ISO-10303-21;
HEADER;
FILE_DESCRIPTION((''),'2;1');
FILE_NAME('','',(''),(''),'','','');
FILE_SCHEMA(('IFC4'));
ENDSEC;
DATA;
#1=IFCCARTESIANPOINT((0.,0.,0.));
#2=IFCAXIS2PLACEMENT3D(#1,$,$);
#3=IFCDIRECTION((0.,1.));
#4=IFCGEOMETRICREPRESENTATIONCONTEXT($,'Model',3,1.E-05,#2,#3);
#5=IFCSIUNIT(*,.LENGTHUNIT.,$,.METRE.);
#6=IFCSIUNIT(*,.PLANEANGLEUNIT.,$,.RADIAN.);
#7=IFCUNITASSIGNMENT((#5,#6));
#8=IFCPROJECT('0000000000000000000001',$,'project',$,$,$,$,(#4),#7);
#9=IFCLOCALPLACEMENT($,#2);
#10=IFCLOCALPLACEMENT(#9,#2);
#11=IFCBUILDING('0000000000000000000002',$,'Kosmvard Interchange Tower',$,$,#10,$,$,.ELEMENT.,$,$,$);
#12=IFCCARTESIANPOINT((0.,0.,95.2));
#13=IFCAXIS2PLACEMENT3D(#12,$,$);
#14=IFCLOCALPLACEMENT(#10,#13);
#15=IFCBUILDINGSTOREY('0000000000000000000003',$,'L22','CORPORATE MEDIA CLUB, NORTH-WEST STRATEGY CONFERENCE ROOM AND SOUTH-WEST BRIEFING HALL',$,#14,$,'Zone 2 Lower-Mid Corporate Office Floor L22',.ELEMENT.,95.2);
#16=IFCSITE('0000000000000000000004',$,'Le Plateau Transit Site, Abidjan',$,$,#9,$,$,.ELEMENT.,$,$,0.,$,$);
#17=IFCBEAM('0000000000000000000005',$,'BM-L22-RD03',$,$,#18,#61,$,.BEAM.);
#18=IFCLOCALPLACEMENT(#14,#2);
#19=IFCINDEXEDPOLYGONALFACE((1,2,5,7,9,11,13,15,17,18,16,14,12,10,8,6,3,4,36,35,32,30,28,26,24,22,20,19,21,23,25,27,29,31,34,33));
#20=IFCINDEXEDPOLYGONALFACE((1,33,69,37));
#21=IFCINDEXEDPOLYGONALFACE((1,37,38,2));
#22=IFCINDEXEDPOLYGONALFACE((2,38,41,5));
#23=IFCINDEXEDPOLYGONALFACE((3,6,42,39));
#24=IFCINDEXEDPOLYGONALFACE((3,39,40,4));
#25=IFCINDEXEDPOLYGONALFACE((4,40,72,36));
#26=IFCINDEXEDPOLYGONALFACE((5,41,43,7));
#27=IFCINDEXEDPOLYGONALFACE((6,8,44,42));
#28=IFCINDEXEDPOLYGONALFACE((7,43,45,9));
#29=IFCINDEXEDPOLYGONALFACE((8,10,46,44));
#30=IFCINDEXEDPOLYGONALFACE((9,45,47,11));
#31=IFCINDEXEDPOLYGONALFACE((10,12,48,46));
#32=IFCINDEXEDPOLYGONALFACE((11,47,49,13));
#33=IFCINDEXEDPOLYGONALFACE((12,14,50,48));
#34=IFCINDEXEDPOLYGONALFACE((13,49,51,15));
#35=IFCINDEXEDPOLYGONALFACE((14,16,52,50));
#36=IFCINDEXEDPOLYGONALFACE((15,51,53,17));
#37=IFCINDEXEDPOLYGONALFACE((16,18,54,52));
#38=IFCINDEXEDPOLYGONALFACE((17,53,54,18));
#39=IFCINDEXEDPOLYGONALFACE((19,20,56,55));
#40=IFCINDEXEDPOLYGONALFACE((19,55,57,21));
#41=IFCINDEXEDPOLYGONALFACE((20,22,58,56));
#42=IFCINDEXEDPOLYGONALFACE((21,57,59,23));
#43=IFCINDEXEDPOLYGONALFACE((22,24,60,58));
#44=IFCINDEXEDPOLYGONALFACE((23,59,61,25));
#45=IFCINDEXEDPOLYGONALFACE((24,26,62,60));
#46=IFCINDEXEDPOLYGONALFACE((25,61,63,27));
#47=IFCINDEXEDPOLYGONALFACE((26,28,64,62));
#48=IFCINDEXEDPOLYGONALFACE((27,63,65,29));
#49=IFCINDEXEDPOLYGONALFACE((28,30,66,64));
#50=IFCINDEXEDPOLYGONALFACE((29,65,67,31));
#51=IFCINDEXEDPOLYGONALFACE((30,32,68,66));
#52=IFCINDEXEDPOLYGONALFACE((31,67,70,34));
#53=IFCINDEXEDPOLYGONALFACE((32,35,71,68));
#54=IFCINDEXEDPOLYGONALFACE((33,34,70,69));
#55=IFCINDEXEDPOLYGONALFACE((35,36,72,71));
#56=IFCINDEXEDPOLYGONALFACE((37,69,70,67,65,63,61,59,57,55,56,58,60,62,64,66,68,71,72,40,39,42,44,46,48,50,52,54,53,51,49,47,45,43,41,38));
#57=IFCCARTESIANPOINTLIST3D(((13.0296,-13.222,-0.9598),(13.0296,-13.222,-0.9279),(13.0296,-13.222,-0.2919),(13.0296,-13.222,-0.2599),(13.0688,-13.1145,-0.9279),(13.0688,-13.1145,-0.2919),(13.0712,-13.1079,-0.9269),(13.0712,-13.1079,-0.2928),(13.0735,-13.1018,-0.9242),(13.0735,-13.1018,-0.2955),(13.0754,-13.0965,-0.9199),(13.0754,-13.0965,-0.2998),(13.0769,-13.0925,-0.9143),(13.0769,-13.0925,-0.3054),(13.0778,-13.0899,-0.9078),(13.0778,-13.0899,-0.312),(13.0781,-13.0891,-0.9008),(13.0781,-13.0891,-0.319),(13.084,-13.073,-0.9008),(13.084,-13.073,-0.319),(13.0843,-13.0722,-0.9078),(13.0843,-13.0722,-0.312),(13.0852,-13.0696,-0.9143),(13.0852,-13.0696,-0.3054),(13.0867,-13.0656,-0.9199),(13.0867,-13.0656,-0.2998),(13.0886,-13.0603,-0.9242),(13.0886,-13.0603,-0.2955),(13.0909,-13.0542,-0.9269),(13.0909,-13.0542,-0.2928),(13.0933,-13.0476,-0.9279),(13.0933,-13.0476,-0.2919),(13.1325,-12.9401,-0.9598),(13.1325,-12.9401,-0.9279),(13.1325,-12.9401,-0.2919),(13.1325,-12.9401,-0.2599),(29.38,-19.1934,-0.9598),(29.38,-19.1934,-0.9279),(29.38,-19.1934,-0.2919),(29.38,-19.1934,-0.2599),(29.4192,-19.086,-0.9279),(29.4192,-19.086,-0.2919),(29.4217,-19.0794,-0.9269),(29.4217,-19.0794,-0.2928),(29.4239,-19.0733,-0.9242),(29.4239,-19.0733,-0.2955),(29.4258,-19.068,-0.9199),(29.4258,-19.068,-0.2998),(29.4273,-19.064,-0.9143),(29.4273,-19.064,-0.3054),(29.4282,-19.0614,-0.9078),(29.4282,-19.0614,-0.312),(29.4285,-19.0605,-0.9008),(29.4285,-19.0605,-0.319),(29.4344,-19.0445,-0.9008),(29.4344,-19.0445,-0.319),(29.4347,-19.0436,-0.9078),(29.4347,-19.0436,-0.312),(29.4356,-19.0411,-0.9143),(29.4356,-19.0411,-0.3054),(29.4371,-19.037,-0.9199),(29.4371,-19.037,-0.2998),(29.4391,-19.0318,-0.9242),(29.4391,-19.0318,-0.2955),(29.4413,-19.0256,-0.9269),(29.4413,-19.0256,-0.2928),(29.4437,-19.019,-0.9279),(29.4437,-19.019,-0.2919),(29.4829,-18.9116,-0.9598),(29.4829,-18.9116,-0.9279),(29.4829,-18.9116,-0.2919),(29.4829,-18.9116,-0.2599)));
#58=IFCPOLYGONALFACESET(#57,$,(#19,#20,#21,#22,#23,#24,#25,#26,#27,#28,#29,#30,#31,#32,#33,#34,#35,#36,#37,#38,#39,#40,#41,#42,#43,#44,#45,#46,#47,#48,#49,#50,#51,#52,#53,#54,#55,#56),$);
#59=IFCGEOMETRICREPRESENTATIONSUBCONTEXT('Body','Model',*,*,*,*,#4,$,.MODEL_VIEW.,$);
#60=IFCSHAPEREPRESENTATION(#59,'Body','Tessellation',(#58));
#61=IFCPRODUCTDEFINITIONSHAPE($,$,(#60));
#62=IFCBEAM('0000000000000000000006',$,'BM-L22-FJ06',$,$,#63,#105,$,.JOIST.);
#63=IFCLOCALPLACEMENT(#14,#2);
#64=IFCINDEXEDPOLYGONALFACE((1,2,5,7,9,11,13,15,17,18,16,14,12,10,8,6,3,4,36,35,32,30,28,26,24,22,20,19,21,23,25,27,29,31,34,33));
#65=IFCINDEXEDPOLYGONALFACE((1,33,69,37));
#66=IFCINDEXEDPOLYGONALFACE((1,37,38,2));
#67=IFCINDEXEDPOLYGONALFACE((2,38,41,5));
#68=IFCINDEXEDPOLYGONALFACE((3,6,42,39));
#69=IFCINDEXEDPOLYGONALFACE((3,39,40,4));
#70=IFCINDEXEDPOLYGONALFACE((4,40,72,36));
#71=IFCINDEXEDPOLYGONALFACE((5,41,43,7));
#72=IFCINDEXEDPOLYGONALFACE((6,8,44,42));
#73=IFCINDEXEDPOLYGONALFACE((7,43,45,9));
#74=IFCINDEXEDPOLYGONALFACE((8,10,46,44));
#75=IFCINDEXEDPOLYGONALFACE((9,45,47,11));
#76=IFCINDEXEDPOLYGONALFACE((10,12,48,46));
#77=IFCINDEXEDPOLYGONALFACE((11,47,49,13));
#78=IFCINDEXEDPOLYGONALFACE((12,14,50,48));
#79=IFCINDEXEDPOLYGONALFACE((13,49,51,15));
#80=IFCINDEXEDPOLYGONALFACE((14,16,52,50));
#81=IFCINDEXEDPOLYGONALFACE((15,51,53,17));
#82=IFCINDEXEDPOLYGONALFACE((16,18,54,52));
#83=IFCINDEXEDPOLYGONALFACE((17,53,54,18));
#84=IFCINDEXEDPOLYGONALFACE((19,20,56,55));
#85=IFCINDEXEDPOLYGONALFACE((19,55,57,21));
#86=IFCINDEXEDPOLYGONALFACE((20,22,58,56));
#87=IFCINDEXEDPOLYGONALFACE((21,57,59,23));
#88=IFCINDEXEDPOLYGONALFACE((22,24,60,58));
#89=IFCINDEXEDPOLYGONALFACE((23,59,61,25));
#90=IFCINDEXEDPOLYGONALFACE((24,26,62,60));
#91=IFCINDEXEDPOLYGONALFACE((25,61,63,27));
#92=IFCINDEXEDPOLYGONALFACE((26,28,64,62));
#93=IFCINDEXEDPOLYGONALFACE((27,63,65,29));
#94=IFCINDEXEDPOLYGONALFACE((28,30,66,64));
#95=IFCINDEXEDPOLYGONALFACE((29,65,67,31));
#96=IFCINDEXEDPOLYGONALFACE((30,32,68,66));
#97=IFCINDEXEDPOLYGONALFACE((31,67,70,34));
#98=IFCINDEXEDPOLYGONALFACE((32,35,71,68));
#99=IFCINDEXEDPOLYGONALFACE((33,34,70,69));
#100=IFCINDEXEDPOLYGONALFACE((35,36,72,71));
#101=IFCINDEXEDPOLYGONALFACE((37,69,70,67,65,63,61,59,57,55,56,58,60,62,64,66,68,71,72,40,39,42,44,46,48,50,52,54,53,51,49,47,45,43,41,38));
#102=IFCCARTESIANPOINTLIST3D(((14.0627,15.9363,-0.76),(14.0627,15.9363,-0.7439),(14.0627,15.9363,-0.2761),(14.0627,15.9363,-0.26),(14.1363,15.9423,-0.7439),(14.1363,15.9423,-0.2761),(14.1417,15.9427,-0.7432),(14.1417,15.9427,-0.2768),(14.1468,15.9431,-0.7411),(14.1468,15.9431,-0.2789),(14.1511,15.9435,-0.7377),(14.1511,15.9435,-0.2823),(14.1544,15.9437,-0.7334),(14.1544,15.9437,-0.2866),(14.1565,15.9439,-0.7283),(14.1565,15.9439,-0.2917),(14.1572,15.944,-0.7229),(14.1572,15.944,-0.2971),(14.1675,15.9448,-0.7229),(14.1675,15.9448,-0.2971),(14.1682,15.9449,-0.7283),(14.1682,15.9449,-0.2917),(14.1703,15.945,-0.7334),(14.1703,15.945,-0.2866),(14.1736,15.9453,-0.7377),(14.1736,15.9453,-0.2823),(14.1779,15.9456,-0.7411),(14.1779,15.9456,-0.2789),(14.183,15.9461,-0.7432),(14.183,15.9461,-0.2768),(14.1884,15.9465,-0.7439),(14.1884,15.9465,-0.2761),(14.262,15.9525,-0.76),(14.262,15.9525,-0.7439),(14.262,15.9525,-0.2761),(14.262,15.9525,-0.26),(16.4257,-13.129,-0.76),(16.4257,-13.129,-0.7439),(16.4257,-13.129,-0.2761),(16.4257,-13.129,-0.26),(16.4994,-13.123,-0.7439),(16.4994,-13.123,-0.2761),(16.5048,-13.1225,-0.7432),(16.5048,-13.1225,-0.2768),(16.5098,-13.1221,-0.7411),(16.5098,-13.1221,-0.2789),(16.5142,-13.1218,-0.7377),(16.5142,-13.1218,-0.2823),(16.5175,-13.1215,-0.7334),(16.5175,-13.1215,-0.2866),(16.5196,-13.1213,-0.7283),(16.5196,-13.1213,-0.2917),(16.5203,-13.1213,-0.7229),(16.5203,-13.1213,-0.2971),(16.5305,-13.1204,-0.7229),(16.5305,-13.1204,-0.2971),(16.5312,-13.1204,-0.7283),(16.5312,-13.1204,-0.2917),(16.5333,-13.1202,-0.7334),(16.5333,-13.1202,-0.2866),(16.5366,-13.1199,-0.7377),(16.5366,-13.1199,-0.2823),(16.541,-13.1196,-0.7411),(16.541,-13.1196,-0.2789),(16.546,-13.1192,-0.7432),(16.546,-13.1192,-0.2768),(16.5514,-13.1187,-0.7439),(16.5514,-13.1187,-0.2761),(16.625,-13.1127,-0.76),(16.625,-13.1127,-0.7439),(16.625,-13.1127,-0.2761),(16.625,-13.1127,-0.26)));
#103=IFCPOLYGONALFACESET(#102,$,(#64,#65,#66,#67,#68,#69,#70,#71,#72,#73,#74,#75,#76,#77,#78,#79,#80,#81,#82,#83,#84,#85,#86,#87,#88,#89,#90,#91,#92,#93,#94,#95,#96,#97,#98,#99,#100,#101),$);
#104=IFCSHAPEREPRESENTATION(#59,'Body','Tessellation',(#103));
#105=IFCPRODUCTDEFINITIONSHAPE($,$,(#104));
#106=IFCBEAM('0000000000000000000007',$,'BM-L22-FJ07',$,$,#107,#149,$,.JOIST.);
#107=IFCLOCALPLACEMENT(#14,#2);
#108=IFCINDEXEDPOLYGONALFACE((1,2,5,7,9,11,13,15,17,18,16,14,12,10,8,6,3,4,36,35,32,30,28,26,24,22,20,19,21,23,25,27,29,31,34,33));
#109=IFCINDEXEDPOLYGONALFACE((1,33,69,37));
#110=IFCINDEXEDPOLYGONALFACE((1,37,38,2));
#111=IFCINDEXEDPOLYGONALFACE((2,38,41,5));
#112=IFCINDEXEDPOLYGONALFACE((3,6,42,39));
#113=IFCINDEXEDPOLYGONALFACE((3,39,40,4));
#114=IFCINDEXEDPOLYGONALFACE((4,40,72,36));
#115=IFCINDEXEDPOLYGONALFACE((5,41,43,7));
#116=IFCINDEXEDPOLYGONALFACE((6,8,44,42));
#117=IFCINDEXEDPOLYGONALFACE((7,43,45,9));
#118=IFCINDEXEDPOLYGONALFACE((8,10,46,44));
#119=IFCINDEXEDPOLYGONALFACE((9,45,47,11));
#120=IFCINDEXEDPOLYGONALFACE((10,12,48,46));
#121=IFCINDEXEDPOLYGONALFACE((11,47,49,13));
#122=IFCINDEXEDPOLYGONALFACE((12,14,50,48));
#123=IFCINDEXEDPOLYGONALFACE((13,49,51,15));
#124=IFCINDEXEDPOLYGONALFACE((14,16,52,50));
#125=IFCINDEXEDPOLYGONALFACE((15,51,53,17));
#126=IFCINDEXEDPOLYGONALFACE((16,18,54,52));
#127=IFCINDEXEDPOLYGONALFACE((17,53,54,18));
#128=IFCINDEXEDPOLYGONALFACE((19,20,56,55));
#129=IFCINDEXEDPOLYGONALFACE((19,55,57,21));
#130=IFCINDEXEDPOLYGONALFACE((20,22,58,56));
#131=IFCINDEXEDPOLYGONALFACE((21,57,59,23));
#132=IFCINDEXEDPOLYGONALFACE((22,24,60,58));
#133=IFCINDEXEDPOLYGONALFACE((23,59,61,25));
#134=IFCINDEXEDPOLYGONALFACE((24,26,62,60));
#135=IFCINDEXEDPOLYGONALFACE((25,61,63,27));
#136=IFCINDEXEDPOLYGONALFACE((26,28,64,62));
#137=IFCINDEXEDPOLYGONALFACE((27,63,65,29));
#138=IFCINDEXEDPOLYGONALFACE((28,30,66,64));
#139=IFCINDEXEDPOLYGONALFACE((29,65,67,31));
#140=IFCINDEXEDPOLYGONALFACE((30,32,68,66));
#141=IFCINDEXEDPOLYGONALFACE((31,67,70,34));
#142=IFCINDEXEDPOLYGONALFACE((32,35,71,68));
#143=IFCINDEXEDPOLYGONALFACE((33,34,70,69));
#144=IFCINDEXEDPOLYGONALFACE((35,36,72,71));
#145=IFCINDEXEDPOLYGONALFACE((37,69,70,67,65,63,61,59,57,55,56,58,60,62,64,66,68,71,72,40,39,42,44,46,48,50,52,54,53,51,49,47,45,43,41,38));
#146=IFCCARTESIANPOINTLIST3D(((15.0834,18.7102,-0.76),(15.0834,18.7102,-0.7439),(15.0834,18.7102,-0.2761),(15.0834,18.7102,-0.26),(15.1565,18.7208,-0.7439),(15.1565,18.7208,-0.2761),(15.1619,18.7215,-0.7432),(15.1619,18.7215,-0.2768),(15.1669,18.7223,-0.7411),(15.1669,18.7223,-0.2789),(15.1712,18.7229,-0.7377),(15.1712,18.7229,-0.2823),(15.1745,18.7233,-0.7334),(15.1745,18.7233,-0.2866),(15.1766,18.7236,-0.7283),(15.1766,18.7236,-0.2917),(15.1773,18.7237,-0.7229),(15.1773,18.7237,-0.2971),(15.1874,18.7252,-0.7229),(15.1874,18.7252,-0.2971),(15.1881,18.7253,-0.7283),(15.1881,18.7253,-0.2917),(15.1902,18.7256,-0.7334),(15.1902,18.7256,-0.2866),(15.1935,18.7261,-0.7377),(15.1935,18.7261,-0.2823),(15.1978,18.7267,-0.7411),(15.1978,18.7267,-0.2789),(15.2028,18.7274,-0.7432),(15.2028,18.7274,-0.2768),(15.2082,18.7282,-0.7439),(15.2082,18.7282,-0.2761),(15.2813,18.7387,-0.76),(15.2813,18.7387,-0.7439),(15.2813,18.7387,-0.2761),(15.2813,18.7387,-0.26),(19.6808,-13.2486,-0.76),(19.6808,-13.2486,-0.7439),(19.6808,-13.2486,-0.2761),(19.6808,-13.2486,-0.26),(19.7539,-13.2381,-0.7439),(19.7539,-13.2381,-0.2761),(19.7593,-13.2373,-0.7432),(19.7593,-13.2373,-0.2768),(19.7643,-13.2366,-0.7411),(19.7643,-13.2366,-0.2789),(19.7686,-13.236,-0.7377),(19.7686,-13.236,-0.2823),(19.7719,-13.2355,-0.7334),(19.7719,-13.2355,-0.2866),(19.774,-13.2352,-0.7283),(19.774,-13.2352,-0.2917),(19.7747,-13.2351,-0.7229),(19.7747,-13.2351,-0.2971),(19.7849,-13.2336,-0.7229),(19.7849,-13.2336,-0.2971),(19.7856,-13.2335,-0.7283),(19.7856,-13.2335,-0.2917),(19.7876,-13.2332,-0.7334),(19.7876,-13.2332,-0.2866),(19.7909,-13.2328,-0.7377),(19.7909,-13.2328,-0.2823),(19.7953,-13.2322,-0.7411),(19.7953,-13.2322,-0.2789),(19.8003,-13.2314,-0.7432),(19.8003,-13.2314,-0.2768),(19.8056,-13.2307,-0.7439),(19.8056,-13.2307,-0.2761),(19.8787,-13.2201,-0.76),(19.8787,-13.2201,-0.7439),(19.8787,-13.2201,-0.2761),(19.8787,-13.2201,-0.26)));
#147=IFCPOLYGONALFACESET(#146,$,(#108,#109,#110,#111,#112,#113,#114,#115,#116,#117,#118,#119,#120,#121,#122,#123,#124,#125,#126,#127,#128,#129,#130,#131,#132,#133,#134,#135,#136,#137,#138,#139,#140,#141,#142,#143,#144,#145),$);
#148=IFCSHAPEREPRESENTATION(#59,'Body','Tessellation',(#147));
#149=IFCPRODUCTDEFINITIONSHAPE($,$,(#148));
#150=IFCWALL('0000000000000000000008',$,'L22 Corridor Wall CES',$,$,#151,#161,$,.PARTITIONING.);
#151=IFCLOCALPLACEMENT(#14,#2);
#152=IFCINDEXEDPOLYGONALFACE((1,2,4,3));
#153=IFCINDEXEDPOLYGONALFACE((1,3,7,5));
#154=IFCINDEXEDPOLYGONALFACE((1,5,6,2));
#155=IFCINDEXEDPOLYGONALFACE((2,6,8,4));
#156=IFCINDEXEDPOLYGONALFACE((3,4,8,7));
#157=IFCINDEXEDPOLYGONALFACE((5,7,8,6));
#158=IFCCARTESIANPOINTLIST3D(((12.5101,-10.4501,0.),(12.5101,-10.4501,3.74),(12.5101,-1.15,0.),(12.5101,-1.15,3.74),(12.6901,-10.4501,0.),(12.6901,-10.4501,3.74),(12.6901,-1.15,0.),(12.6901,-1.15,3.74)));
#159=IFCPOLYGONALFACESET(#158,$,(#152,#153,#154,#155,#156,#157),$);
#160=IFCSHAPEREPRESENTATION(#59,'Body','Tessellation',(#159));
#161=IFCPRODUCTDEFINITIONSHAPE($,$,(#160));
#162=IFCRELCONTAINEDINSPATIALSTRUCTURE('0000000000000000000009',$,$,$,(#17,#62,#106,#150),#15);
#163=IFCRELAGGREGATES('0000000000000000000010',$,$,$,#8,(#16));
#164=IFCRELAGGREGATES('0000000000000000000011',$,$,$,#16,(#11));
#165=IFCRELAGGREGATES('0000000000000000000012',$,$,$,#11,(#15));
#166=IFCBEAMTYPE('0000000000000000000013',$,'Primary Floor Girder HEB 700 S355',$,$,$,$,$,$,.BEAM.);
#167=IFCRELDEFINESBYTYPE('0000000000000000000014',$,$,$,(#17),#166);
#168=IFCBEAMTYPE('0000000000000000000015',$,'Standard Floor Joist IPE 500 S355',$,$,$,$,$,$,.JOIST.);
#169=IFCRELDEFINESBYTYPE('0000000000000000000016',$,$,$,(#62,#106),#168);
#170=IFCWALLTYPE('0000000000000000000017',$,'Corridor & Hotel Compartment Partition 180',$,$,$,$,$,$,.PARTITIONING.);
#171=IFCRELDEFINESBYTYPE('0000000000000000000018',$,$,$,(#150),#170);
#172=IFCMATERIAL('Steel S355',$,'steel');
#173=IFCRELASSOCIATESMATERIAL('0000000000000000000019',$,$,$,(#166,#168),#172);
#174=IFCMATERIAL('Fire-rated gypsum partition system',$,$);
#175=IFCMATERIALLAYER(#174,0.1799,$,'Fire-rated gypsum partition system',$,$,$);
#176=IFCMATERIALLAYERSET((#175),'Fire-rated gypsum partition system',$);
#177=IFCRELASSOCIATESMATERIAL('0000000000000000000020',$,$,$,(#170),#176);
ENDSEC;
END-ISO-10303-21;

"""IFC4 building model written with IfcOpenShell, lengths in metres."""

from ifc_helpers import new_model, si_unit, direction, frame, frame_2d, origin, origin_2d, place, context, subcontext, project, spatial, rectangle, i_section, extrude, source, transform, mapped, material, layer, layer_set, material_profile, profile_set, type_object, element, save


model = new_model("IFC4")

# Units and contexts
model_context = context("Model", 3, precision=1e-05, world=origin(), true_north=direction((0.0, 1.0)))
body_context = subcontext(model_context, "Body", "Model", "MODEL_VIEW")
ifc_project = project(units=[si_unit("LENGTHUNIT", "METRE"), si_unit("PLANEANGLEUNIT", "RADIAN")], contexts=[model_context])

# Site, building, storey
site_placement = place(None, origin())
site = spatial("IfcSite", under=ifc_project, at=site_placement, Name="Le Plateau Transit Site, Abidjan", CompositionType="ELEMENT", RefElevation=0.0)
building_placement = place(site_placement, origin())
building = spatial("IfcBuilding", under=site, at=building_placement, Name="Kosmvard Interchange Tower", CompositionType="ELEMENT")
storey_placement = place(building_placement, frame((0.0, 0.0, 95.2)))
storey = spatial("IfcBuildingStorey", under=building, at=storey_placement, Name="L22", Description="CORPORATE MEDIA CLUB, NORTH-WEST STRATEGY CONFERENCE ROOM AND SOUTH-WEST BRIEFING HALL", LongName="Zone 2 Lower-Mid Corporate Office Floor L22", CompositionType="ELEMENT", Elevation=95.2)

# Beams
ifc_material_1 = material(Name="Steel S355", Category="steel")
ifc_material_profile_1 = material_profile(ifc_material_1, i_section(OverallWidth=0.3, OverallDepth=0.7, WebThickness=0.0171, FlangeThickness=0.032, FilletRadius=0.0271, at=origin_2d()), Name="HEB 700")
ifc_profile_set_1 = profile_set([ifc_material_profile_1], Name="Steel S355")
beam_type_1 = type_object("IfcBeamType", Name="Primary Floor Girder HEB 700 S355", PredefinedType="BEAM", material=ifc_profile_set_1)
shared_shape_1 = source(origin(), body_context, "Body", "SweptSolid", [
    extrude(i_section(OverallWidth=0.3, OverallDepth=0.7, WebThickness=0.0171, FlangeThickness=0.032, FilletRadius=0.0271, at=origin_2d()), origin(), (0.0, 0.0, 1.0), 17.4067),
])
beam_1_placement = place(storey_placement, frame((13.0811, -13.0811, -0.6099), z_axis=(0.939315, -0.343055, 0.0), x_axis=(0.343055, 0.939315, 0.0)))
element("IfcBeam", 1, at=beam_1_placement, inside=storey, type_object=beam_type_1, Name="BM-L22-RD03", PredefinedType="BEAM", context=body_context, shape_type="MappedRepresentation", body=[
    mapped(shared_shape_1, transform((0.0, 0.0, 0.0), scale=1.0)),
])
ifc_material_profile_2 = material_profile(ifc_material_1, i_section(OverallWidth=0.2, OverallDepth=0.5, WebThickness=0.0103, FlangeThickness=0.0161, FilletRadius=0.021, at=origin_2d()), Name="IPE 500")
ifc_profile_set_2 = profile_set([ifc_material_profile_2], Name="Steel S355")
beam_type_2 = type_object("IfcBeamType", Name="Standard Floor Joist IPE 500 S355", PredefinedType="JOIST", material=ifc_profile_set_2)
shared_shape_2 = source(origin(), body_context, "Body", "SweptSolid", [
    extrude(i_section(OverallWidth=0.2, OverallDepth=0.5, WebThickness=0.0103, FlangeThickness=0.0161, FilletRadius=0.021, at=origin_2d()), origin(), (0.0, 0.0, 1.0), 29.1611),
])
beam_2_placement = place(storey_placement, frame((16.5254, -13.1208, -0.51), z_axis=(-0.081034, 0.996711, 0.0), x_axis=(-0.996711, -0.081034, 0.0)))
element("IfcBeam", 2, at=beam_2_placement, inside=storey, type_object=beam_type_2, Name="BM-L22-FJ06", PredefinedType="JOIST", context=body_context, shape_type="MappedRepresentation", body=[
    mapped(shared_shape_2, transform((0.0, 0.0, 0.0), scale=1.0)),
])
shared_shape_3 = source(origin(), body_context, "Body", "SweptSolid", [
    extrude(i_section(OverallWidth=0.2, OverallDepth=0.5, WebThickness=0.0103, FlangeThickness=0.0161, FilletRadius=0.021, at=origin_2d()), origin(), (0.0, 0.0, 1.0), 32.2878),
])
beam_3_placement = place(storey_placement, frame((19.7798, -13.2344, -0.51), z_axis=(-0.142389, 0.989811, 0.0), x_axis=(-0.989811, -0.142389, 0.0)))
element("IfcBeam", 3, at=beam_3_placement, inside=storey, type_object=beam_type_2, Name="BM-L22-FJ07", PredefinedType="JOIST", context=body_context, shape_type="MappedRepresentation", body=[
    mapped(shared_shape_3, transform((0.0, 0.0, 0.0), scale=1.0)),
])

# Wall
ifc_material_2 = material(Name="Fire-rated gypsum partition system")
ifc_layer_1 = layer(ifc_material_2, 0.1799, Name="Fire-rated gypsum partition system")
ifc_layer_set_1 = layer_set([ifc_layer_1], Name="Fire-rated gypsum partition system")
wall_type_1 = type_object("IfcWallType", Name="Corridor & Hotel Compartment Partition 180", PredefinedType="PARTITIONING", material=ifc_layer_set_1)
wall_1_placement = place(storey_placement, frame((12.6001, -10.45, 0.0), z_axis=(0.0, 0.0, 1.0), x_axis=(0.0, 1.0, 0.0)))
element("IfcWall", 4, at=wall_1_placement, inside=storey, type_object=wall_type_1, Name="L22 Corridor Wall CES", PredefinedType="PARTITIONING", context=body_context, shape_type="SweptSolid", body=[
    extrude(rectangle(XDim=9.3, YDim=0.1799, at=frame_2d((4.6499, 0.0))), origin(), (0.0, 0.0, 1.0), 3.74),
])

save(model, "model.ifc")
